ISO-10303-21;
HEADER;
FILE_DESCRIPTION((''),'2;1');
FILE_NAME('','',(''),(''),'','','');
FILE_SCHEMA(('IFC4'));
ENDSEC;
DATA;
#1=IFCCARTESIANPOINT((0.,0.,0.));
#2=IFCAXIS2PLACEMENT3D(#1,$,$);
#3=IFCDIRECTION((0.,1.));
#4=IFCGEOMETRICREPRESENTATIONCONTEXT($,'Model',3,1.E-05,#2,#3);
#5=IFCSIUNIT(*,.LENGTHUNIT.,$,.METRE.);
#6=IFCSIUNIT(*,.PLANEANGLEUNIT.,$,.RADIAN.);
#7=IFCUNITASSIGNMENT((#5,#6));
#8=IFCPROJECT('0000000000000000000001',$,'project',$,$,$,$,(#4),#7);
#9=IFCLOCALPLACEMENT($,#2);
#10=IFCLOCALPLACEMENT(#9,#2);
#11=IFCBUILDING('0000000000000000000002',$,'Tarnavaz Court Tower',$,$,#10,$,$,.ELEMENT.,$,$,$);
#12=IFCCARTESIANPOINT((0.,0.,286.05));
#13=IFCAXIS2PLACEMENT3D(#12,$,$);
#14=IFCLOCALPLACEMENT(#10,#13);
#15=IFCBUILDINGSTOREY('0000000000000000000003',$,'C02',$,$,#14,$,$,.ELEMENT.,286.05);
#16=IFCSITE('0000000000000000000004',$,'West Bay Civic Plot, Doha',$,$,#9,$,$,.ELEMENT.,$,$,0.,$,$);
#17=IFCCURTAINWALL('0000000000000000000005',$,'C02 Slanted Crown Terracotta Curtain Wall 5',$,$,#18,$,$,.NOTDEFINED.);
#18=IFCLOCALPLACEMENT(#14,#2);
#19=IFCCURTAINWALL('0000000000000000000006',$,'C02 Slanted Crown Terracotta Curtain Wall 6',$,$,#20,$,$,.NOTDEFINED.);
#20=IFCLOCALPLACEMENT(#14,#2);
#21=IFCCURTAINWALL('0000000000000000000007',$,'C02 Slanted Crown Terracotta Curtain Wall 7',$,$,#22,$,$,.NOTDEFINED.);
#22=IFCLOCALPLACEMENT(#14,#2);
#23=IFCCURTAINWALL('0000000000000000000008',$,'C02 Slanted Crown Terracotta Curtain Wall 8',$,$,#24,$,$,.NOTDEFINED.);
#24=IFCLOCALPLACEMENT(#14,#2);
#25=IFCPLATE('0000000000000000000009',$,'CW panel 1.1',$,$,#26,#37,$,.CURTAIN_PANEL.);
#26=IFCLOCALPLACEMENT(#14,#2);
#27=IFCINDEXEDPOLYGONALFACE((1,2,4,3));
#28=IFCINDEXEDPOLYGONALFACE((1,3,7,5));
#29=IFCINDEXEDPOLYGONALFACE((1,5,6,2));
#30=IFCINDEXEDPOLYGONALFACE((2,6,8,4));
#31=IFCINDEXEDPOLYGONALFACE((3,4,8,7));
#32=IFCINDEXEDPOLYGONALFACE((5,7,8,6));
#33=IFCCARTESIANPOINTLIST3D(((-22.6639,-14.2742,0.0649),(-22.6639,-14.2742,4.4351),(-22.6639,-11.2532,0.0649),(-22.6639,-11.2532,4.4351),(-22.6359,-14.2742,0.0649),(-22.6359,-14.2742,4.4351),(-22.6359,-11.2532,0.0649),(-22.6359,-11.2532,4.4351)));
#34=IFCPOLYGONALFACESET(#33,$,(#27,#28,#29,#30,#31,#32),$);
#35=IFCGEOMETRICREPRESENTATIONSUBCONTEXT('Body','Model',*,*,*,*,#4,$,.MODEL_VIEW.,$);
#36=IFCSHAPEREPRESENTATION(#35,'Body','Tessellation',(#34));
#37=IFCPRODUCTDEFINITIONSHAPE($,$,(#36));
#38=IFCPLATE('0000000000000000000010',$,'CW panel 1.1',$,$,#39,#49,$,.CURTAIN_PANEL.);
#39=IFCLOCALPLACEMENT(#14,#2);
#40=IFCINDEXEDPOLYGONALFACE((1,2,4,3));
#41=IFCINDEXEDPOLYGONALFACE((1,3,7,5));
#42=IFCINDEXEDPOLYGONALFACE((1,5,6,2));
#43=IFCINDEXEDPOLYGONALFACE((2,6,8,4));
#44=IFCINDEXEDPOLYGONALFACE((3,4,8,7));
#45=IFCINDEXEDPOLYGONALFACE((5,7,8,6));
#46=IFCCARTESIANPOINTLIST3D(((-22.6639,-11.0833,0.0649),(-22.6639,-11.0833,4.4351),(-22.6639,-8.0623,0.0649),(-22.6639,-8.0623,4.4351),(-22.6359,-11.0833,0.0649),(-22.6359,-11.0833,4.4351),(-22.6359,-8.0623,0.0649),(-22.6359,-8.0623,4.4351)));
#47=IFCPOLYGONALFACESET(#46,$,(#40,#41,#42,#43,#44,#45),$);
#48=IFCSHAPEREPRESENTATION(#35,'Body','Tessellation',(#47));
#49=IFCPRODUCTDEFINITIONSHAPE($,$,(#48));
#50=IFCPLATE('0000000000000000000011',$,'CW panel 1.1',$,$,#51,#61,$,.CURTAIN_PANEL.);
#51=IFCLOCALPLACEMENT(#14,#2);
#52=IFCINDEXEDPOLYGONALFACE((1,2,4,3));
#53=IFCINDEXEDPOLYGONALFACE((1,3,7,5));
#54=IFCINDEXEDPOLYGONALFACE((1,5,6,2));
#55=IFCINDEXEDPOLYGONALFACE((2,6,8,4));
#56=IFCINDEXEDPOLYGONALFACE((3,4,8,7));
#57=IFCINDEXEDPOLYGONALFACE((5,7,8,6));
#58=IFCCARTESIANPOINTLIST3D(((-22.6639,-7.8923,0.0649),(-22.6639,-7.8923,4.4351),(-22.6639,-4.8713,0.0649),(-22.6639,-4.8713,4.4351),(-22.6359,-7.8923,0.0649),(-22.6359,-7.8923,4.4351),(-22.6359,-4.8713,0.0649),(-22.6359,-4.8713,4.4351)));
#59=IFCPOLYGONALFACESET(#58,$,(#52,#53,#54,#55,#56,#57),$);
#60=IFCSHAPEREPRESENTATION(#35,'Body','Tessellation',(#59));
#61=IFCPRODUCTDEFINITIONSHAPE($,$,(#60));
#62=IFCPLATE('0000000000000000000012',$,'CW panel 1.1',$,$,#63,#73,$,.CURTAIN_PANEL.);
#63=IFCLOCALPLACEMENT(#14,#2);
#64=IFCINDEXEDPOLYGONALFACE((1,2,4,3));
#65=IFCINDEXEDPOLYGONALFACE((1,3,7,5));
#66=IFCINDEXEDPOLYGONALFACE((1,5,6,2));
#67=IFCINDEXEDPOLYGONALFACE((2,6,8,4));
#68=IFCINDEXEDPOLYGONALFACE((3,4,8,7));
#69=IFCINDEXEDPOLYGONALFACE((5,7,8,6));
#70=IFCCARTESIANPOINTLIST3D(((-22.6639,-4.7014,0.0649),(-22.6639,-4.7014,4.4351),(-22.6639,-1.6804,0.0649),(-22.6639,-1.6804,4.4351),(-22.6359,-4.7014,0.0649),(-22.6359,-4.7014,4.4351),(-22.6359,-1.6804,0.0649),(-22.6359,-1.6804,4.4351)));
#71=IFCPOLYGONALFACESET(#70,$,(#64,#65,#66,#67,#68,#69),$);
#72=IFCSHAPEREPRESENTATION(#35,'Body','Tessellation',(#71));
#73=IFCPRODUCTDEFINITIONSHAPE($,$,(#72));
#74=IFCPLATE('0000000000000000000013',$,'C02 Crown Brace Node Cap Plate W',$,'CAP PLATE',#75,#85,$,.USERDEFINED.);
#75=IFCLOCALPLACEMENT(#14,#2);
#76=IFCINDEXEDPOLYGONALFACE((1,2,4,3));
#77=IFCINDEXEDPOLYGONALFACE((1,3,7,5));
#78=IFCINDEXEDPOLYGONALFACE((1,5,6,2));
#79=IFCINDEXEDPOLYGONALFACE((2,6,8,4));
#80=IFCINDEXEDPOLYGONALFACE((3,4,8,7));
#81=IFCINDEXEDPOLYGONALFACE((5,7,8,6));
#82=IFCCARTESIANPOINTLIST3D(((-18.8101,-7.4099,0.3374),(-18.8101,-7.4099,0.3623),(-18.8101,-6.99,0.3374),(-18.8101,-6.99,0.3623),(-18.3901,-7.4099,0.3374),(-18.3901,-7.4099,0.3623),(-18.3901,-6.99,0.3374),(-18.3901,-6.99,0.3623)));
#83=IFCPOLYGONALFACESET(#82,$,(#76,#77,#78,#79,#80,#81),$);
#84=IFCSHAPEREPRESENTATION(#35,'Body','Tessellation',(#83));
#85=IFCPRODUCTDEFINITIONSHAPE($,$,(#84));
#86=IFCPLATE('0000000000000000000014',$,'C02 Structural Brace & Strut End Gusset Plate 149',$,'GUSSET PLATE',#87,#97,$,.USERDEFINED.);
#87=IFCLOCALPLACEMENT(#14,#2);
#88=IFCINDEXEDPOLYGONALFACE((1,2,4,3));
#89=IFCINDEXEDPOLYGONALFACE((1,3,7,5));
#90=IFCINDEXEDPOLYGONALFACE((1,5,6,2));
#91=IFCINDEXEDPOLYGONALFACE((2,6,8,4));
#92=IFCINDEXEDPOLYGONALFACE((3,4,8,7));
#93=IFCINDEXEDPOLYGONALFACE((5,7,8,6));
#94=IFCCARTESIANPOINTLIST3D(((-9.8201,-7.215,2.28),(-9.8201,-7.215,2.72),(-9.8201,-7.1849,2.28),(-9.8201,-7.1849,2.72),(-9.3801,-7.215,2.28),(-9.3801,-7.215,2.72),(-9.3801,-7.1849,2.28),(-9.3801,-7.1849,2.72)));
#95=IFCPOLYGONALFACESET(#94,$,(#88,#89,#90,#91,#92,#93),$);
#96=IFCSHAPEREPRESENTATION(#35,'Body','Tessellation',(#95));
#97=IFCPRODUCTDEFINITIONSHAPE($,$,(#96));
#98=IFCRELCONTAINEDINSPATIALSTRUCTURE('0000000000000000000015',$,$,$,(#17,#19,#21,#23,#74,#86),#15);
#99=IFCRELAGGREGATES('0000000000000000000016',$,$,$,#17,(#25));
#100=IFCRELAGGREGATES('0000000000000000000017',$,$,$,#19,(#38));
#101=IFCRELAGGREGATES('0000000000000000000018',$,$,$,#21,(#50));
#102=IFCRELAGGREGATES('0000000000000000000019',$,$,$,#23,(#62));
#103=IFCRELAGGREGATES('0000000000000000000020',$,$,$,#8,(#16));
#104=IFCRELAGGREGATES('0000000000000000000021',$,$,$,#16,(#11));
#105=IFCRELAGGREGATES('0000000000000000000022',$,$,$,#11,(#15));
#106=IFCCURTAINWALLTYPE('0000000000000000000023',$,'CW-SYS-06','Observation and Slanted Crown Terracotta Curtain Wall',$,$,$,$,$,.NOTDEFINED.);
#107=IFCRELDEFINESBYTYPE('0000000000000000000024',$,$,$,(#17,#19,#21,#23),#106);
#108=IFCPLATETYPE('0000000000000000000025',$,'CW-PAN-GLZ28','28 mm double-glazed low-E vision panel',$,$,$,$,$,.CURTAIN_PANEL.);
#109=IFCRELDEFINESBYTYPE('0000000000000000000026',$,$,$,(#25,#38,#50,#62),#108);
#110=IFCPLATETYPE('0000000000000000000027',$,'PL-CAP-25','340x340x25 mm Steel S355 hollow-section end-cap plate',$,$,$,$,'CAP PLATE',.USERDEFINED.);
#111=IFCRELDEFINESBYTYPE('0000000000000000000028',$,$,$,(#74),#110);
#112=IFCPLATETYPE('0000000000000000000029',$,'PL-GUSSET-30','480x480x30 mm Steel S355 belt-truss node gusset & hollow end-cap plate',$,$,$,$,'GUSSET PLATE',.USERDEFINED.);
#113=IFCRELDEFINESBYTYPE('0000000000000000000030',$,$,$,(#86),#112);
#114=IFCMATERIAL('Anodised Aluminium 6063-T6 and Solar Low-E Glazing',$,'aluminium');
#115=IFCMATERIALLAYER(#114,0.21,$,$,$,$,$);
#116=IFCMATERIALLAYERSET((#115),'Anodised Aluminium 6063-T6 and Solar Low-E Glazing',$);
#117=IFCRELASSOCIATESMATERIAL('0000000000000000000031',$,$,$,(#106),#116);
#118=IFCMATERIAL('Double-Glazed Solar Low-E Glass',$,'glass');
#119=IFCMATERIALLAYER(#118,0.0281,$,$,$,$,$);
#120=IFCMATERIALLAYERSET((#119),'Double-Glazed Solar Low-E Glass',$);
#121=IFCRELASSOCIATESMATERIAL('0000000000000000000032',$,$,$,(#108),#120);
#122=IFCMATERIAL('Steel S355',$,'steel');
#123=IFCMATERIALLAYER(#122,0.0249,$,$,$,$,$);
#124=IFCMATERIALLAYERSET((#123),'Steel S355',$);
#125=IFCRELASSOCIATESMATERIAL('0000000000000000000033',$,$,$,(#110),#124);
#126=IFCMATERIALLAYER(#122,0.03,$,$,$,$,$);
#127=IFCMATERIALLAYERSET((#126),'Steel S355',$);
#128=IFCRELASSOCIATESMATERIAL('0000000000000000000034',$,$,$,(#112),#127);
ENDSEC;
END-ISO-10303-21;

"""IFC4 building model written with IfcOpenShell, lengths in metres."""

from ifc_helpers import new_model, si_unit, direction, frame, origin, origin_2d, place, context, subcontext, project, spatial, rectangle, extrude, material, layer, layer_set, type_object, element, aggregate, save


model = new_model("IFC4")

# Units and contexts
model_context = context("Model", 3, precision=1e-05, world=origin(), true_north=direction((0.0, 1.0)))
body_context = subcontext(model_context, "Body", "Model", "MODEL_VIEW")
ifc_project = project(units=[si_unit("LENGTHUNIT", "METRE"), si_unit("PLANEANGLEUNIT", "RADIAN")], contexts=[model_context])

# Site, building, storey
site_placement = place(None, origin())
site = spatial("IfcSite", under=ifc_project, at=site_placement, Name="West Bay Civic Plot, Doha", CompositionType="ELEMENT", RefElevation=0.0)
building_placement = place(site_placement, origin())
building = spatial("IfcBuilding", under=site, at=building_placement, Name="Tarnavaz Court Tower", CompositionType="ELEMENT")
storey_placement = place(building_placement, frame((0.0, 0.0, 286.05)))
storey = spatial("IfcBuildingStorey", under=building, at=storey_placement, Name="C02", CompositionType="ELEMENT", Elevation=286.05)

# Shared definitions
ifc_material_1 = material(Name="Steel S355", Category="steel")

# Curtain walls
ifc_material_2 = material(Name="Anodised Aluminium 6063-T6 and Solar Low-E Glazing", Category="aluminium")
ifc_layer_1 = layer(ifc_material_2, 0.21)
ifc_layer_set_1 = layer_set([ifc_layer_1], Name="Anodised Aluminium 6063-T6 and Solar Low-E Glazing")
curtain_wall_type = type_object("IfcCurtainWallType", Name="CW-SYS-06", Description="Observation and Slanted Crown Terracotta Curtain Wall", PredefinedType="NOTDEFINED", material=ifc_layer_set_1)
curtain_wall_1_placement = place(storey_placement, origin())
curtain_wall_1 = element("IfcCurtainWall", 1, at=curtain_wall_1_placement, inside=storey, type_object=curtain_wall_type, Name="C02 Slanted Crown Terracotta Curtain Wall 5", PredefinedType="NOTDEFINED")
curtain_wall_2_placement = place(storey_placement, origin())
curtain_wall_2 = element("IfcCurtainWall", 2, at=curtain_wall_2_placement, inside=storey, type_object=curtain_wall_type, Name="C02 Slanted Crown Terracotta Curtain Wall 6", PredefinedType="NOTDEFINED")
curtain_wall_3_placement = place(storey_placement, origin())
curtain_wall_3 = element("IfcCurtainWall", 3, at=curtain_wall_3_placement, inside=storey, type_object=curtain_wall_type, Name="C02 Slanted Crown Terracotta Curtain Wall 7", PredefinedType="NOTDEFINED")
curtain_wall_4_placement = place(storey_placement, origin())
curtain_wall_4 = element("IfcCurtainWall", 4, at=curtain_wall_4_placement, inside=storey, type_object=curtain_wall_type, Name="C02 Slanted Crown Terracotta Curtain Wall 8", PredefinedType="NOTDEFINED")

# Plates
ifc_material_3 = material(Name="Double-Glazed Solar Low-E Glass", Category="glass")
ifc_layer_2 = layer(ifc_material_3, 0.0281)
ifc_layer_set_2 = layer_set([ifc_layer_2], Name="Double-Glazed Solar Low-E Glass")
plate_type_1 = type_object("IfcPlateType", Name="CW-PAN-GLZ28", Description="28 mm double-glazed low-E vision panel", PredefinedType="CURTAIN_PANEL", material=ifc_layer_set_2)
plate_1_placement = place(storey_placement, frame((-22.6499, -12.7637, 0.0649), z_axis=(0.0, 0.0, 1.0), x_axis=(0.0, 1.0, 0.0)))
plate_1 = element("IfcPlate", 5, at=plate_1_placement, type_object=plate_type_1, Name="CW panel 1.1", PredefinedType="CURTAIN_PANEL", context=body_context, shape_type="SweptSolid", body=[
    extrude(rectangle(XDim=3.021, YDim=0.0281, at=origin_2d()), origin(), (0.0, 0.0, 1.0), 4.3701),
])
aggregate(curtain_wall_1, [plate_1])
plate_2_placement = place(storey_placement, frame((-22.6499, -9.5728, 0.0649), z_axis=(0.0, 0.0, 1.0), x_axis=(0.0, 1.0, 0.0)))
plate_2 = element("IfcPlate", 6, at=plate_2_placement, type_object=plate_type_1, Name="CW panel 1.1", PredefinedType="CURTAIN_PANEL", context=body_context, shape_type="SweptSolid", body=[
    extrude(rectangle(XDim=3.021, YDim=0.0281, at=origin_2d()), origin(), (0.0, 0.0, 1.0), 4.3701),
])
aggregate(curtain_wall_2, [plate_2])
plate_3_placement = place(storey_placement, frame((-22.6499, -6.3818, 0.0649), z_axis=(0.0, 0.0, 1.0), x_axis=(0.0, 1.0, 0.0)))
plate_3 = element("IfcPlate", 7, at=plate_3_placement, type_object=plate_type_1, Name="CW panel 1.1", PredefinedType="CURTAIN_PANEL", context=body_context, shape_type="SweptSolid", body=[
    extrude(rectangle(XDim=3.021, YDim=0.0281, at=origin_2d()), origin(), (0.0, 0.0, 1.0), 4.3701),
])
aggregate(curtain_wall_3, [plate_3])
plate_4_placement = place(storey_placement, frame((-22.6499, -3.1909, 0.0649), z_axis=(0.0, 0.0, 1.0), x_axis=(0.0, 1.0, 0.0)))
plate_4 = element("IfcPlate", 8, at=plate_4_placement, type_object=plate_type_1, Name="CW panel 1.1", PredefinedType="CURTAIN_PANEL", context=body_context, shape_type="SweptSolid", body=[
    extrude(rectangle(XDim=3.021, YDim=0.0281, at=origin_2d()), origin(), (0.0, 0.0, 1.0), 4.3701),
])
aggregate(curtain_wall_4, [plate_4])

# Plates
ifc_layer_3 = layer(ifc_material_1, 0.0249)
ifc_layer_set_3 = layer_set([ifc_layer_3], Name="Steel S355")
plate_type_2 = type_object("IfcPlateType", Name="PL-CAP-25", Description="340x340x25 mm Steel S355 hollow-section end-cap plate", ElementType="CAP PLATE", PredefinedType="USERDEFINED", material=ifc_layer_set_3)
plate_5_placement = place(storey_placement, frame((-18.6001, -7.2, 0.3374), z_axis=(0.0, 0.0, 1.0), x_axis=(1.0, 0.0, 0.0)))
element("IfcPlate", 9, at=plate_5_placement, inside=storey, type_object=plate_type_2, Name="C02 Crown Brace Node Cap Plate W", ObjectType="CAP PLATE", PredefinedType="USERDEFINED", context=body_context, shape_type="SweptSolid", body=[
    extrude(rectangle(XDim=0.4199, YDim=0.4199, at=origin_2d()), origin(), (0.0, 0.0, 1.0), 0.0249),
])
ifc_layer_4 = layer(ifc_material_1, 0.03)
ifc_layer_set_4 = layer_set([ifc_layer_4], Name="Steel S355")
plate_type_3 = type_object("IfcPlateType", Name="PL-GUSSET-30", Description="480x480x30 mm Steel S355 belt-truss node gusset & hollow end-cap plate", ElementType="GUSSET PLATE", PredefinedType="USERDEFINED", material=ifc_layer_set_4)
plate_6_placement = place(storey_placement, frame((-9.6001, -7.2, 2.28), z_axis=(0.0, 0.0, 1.0), x_axis=(1.0, 0.0, 0.0)))
element("IfcPlate", 10, at=plate_6_placement, inside=storey, type_object=plate_type_3, Name="C02 Structural Brace & Strut End Gusset Plate 149", ObjectType="GUSSET PLATE", PredefinedType="USERDEFINED", context=body_context, shape_type="SweptSolid", body=[
    extrude(rectangle(XDim=0.4399, YDim=0.03, at=origin_2d()), origin(), (0.0, 0.0, 1.0), 0.4399),
])

save(model, "model.ifc")
